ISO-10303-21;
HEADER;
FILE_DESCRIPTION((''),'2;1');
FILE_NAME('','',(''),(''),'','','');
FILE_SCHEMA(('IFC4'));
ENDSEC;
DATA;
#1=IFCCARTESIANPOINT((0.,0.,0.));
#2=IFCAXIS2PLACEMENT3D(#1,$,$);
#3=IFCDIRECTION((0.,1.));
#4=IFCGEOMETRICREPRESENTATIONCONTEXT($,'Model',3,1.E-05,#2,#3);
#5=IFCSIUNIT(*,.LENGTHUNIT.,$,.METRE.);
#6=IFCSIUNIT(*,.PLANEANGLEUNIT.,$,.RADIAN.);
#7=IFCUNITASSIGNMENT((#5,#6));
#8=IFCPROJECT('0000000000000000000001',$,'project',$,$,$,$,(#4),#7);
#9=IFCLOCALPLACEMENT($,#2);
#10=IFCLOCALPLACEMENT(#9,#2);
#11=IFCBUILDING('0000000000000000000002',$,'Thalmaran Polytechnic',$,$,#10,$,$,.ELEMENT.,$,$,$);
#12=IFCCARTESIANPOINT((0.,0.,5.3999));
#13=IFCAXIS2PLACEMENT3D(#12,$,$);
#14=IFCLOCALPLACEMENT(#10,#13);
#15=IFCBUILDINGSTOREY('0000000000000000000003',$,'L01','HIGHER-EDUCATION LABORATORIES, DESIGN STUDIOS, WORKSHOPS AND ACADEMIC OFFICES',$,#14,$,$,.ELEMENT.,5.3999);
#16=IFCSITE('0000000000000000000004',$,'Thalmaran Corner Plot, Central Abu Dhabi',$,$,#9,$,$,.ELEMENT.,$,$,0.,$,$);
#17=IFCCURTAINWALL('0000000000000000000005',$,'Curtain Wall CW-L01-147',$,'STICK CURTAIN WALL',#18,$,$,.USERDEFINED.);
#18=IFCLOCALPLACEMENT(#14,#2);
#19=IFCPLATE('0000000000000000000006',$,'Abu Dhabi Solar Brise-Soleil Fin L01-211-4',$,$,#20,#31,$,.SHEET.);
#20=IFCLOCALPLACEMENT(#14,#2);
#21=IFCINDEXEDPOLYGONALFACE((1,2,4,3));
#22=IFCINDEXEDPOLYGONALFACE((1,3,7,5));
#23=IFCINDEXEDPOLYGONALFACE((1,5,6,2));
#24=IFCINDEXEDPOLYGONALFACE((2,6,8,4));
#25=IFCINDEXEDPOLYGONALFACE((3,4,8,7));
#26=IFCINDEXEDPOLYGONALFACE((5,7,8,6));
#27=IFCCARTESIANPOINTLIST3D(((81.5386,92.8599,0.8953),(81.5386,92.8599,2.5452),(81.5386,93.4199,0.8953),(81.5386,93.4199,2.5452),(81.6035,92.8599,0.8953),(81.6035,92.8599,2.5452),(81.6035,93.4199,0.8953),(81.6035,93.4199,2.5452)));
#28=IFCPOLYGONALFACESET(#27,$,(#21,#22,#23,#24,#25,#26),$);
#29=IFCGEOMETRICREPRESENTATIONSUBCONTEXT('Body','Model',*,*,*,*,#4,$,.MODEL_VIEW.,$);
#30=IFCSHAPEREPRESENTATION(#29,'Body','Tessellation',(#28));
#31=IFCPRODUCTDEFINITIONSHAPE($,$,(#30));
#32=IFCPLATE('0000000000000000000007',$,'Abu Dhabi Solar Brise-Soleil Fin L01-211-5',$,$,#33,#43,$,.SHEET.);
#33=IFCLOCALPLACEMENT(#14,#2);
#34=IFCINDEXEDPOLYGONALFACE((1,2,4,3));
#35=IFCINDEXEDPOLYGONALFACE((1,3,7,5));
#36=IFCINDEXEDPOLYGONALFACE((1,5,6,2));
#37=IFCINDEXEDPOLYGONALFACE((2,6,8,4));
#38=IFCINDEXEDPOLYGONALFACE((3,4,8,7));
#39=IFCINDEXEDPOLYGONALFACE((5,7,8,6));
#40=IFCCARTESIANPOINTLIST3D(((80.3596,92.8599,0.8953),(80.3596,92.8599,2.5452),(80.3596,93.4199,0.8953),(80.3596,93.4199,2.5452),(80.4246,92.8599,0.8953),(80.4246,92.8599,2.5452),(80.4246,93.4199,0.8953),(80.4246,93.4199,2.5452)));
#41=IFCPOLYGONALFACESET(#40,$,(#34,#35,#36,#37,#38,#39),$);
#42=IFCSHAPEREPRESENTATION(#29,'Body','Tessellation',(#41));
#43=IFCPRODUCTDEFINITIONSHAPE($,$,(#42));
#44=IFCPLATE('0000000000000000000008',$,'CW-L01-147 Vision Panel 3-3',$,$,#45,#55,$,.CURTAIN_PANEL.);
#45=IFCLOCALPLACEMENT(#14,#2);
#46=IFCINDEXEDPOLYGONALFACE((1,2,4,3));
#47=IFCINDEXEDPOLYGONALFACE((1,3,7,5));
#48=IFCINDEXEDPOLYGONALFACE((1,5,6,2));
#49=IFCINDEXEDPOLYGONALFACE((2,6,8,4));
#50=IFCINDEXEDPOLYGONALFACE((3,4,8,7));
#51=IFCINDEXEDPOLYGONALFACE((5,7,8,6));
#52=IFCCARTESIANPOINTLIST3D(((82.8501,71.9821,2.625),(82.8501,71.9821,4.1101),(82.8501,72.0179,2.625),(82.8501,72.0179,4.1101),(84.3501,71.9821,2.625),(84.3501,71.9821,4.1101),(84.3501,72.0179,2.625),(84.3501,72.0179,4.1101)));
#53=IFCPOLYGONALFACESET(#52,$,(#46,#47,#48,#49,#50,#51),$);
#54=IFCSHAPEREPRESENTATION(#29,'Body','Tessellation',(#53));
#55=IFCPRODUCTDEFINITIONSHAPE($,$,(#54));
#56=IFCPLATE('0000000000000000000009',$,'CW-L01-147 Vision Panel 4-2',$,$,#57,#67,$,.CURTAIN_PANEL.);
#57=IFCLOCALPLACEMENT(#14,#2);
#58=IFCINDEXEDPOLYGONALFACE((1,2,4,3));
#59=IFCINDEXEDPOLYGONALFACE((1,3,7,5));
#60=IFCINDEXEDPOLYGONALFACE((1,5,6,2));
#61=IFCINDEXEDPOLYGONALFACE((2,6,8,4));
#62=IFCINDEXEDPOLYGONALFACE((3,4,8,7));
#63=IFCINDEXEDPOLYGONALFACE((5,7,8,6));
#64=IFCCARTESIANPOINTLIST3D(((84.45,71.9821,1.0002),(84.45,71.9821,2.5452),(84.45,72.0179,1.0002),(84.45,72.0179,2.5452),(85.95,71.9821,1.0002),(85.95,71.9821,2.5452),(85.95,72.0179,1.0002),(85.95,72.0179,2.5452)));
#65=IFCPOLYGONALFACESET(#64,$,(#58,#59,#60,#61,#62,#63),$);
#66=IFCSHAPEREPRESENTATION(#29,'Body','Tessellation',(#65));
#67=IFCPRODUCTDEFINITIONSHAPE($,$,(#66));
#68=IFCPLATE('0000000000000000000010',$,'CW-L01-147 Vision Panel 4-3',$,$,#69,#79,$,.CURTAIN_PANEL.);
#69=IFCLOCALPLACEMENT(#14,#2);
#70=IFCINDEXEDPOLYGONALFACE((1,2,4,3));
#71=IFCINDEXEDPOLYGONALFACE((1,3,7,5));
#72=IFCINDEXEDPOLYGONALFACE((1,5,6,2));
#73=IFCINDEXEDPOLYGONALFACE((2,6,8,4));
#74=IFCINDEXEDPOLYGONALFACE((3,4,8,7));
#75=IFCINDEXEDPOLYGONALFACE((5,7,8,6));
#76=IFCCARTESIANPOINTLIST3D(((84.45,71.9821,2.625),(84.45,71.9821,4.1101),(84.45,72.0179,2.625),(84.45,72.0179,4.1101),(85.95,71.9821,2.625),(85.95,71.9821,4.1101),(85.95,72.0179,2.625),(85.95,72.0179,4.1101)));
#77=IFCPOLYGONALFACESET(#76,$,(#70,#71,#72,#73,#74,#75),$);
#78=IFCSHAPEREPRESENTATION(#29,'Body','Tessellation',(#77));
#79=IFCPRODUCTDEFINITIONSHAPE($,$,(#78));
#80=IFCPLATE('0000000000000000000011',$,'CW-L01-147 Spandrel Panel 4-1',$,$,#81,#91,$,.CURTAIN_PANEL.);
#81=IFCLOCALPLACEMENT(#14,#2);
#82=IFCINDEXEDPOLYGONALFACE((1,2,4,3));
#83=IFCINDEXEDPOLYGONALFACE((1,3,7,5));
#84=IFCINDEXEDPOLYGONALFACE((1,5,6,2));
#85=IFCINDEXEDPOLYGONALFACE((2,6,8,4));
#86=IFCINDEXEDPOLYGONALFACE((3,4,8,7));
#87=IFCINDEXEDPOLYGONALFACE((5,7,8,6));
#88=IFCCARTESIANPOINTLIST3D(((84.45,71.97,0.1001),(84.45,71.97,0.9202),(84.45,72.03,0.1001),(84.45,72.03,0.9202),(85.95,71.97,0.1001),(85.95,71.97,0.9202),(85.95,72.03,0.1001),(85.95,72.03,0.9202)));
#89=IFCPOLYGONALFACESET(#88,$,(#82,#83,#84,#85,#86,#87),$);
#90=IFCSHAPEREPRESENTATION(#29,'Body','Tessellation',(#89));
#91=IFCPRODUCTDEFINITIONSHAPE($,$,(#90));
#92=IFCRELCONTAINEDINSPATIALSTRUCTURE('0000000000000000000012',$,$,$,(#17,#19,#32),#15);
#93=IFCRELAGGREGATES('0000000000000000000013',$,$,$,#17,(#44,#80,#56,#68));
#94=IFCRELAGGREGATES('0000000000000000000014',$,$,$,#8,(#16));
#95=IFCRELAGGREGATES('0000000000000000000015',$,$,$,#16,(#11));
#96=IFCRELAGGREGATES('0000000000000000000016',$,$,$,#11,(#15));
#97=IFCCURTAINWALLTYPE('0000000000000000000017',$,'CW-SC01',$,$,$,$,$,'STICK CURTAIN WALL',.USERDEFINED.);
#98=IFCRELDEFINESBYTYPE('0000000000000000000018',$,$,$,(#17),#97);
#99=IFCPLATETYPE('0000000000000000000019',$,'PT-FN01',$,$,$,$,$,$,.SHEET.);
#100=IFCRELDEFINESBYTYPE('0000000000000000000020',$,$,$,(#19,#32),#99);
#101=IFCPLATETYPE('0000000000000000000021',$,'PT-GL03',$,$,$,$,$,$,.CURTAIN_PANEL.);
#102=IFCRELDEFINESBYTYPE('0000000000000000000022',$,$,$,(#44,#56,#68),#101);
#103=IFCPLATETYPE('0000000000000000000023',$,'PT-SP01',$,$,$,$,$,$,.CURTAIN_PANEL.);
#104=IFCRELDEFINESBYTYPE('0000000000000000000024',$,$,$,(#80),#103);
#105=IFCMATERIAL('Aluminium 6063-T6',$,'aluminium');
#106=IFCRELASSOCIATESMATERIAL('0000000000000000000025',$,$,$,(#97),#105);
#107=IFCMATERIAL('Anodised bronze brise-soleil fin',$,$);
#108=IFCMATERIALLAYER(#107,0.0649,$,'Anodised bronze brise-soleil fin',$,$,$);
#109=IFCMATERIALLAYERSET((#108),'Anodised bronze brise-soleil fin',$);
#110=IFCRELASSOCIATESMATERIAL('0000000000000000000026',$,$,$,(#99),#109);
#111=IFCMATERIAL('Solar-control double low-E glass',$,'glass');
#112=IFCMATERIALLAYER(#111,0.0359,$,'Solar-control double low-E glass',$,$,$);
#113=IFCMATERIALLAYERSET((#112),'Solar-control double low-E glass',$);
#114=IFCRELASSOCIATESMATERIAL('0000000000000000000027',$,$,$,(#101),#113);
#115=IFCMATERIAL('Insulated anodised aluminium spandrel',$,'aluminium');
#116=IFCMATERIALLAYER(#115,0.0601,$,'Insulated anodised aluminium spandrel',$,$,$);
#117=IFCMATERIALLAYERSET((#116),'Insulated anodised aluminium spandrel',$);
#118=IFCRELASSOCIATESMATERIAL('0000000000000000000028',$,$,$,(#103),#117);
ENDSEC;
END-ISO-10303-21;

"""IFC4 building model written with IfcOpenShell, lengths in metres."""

from ifc_helpers import new_model, si_unit, direction, frame, origin, origin_2d, place, context, subcontext, project, spatial, rectangle, extrude, material, layer, layer_set, type_object, element, aggregate, save


model = new_model("IFC4")

# Units and contexts
model_context = context("Model", 3, precision=1e-05, world=origin(), true_north=direction((0.0, 1.0)))
body_context = subcontext(model_context, "Body", "Model", "MODEL_VIEW")
ifc_project = project(units=[si_unit("LENGTHUNIT", "METRE"), si_unit("PLANEANGLEUNIT", "RADIAN")], contexts=[model_context])

# Site, building, storey
site_placement = place(None, origin())
site = spatial("IfcSite", under=ifc_project, at=site_placement, Name="Thalmaran Corner Plot, Central Abu Dhabi", CompositionType="ELEMENT", RefElevation=0.0)
building_placement = place(site_placement, origin())
building = spatial("IfcBuilding", under=site, at=building_placement, Name="Thalmaran Polytechnic", CompositionType="ELEMENT")
storey_placement = place(building_placement, frame((0.0, 0.0, 5.3999)))
storey = spatial("IfcBuildingStorey", under=building, at=storey_placement, Name="L01", Description="HIGHER-EDUCATION LABORATORIES, DESIGN STUDIOS, WORKSHOPS AND ACADEMIC OFFICES", CompositionType="ELEMENT", Elevation=5.3999)

# Curtain wall
ifc_material_1 = material(Name="Aluminium 6063-T6", Category="aluminium")
curtain_wall_type = type_object("IfcCurtainWallType", Name="CW-SC01", ElementType="STICK CURTAIN WALL", PredefinedType="USERDEFINED", material=ifc_material_1)
curtain_wall_placement = place(storey_placement, origin())
curtain_wall = element("IfcCurtainWall", 1, at=curtain_wall_placement, inside=storey, type_object=curtain_wall_type, Name="Curtain Wall CW-L01-147", ObjectType="STICK CURTAIN WALL", PredefinedType="USERDEFINED")

# Plates
ifc_material_2 = material(Name="Anodised bronze brise-soleil fin")
ifc_layer_1 = layer(ifc_material_2, 0.0649, Name="Anodised bronze brise-soleil fin")
ifc_layer_set_1 = layer_set([ifc_layer_1], Name="Anodised bronze brise-soleil fin")
plate_type_1 = type_object("IfcPlateType", Name="PT-FN01", PredefinedType="SHEET", material=ifc_layer_set_1)
for number, where, z_axis, x_axis, name in (
    (2, (81.571, 93.1399, 0.8953), (0.0, 0.0, 1.0), (-1.0, 0.0, 0.0), "Abu Dhabi Solar Brise-Soleil Fin L01-211-4"),
    (3, (80.3921, 93.1399, 0.8953), (0.0, 0.0, 1.0), (-1.0, 0.0, 0.0), "Abu Dhabi Solar Brise-Soleil Fin L01-211-5"),
):
    element("IfcPlate", number, at=place(storey_placement, frame(where, z_axis=z_axis, x_axis=x_axis)), inside=storey, type_object=plate_type_1, Name=name, PredefinedType="SHEET", context=body_context, shape_type="SweptSolid", body=[
        extrude(rectangle(XDim=0.0649, YDim=0.5601, at=origin_2d()), origin(), (0.0, 0.0, 1.0), 1.6499),
    ])

# Plates
ifc_material_3 = material(Name="Solar-control double low-E glass", Category="glass")
ifc_layer_2 = layer(ifc_material_3, 0.0359, Name="Solar-control double low-E glass")
ifc_layer_set_2 = layer_set([ifc_layer_2], Name="Solar-control double low-E glass")
plate_type_2 = type_object("IfcPlateType", Name="PT-GL03", PredefinedType="CURTAIN_PANEL", material=ifc_layer_set_2)
plate_1_placement = place(storey_placement, frame((83.6001, 72.0, 2.625), z_axis=(0.0, 0.0, 1.0), x_axis=(1.0, 0.0, 0.0)))
plate_1 = element("IfcPlate", 4, at=plate_1_placement, type_object=plate_type_2, Name="CW-L01-147 Vision Panel 3-3", PredefinedType="CURTAIN_PANEL", context=body_context, shape_type="SweptSolid", body=[
    extrude(rectangle(XDim=1.5, YDim=0.0359, at=origin_2d()), origin(), (0.0, 0.0, 1.0), 1.4851),
])
plate_2_placement = place(storey_placement, frame((85.2, 72.0, 1.0002), z_axis=(0.0, 0.0, 1.0), x_axis=(1.0, 0.0, 0.0)))
plate_2 = element("IfcPlate", 5, at=plate_2_placement, type_object=plate_type_2, Name="CW-L01-147 Vision Panel 4-2", PredefinedType="CURTAIN_PANEL", context=body_context, shape_type="SweptSolid", body=[
    extrude(rectangle(XDim=1.5, YDim=0.0359, at=origin_2d()), origin(), (0.0, 0.0, 1.0), 1.5449),
])
plate_3_placement = place(storey_placement, frame((85.2, 72.0, 2.625), z_axis=(0.0, 0.0, 1.0), x_axis=(1.0, 0.0, 0.0)))
plate_3 = element("IfcPlate", 6, at=plate_3_placement, type_object=plate_type_2, Name="CW-L01-147 Vision Panel 4-3", PredefinedType="CURTAIN_PANEL", context=body_context, shape_type="SweptSolid", body=[
    extrude(rectangle(XDim=1.5, YDim=0.0359, at=origin_2d()), origin(), (0.0, 0.0, 1.0), 1.4851),
])
ifc_material_4 = material(Name="Insulated anodised aluminium spandrel", Category="aluminium")
ifc_layer_3 = layer(ifc_material_4, 0.0601, Name="Insulated anodised aluminium spandrel")
ifc_layer_set_3 = layer_set([ifc_layer_3], Name="Insulated anodised aluminium spandrel")
plate_type_3 = type_object("IfcPlateType", Name="PT-SP01", PredefinedType="CURTAIN_PANEL", material=ifc_layer_set_3)
plate_4_placement = place(storey_placement, frame((85.2, 72.0, 0.1001), z_axis=(0.0, 0.0, 1.0), x_axis=(1.0, 0.0, 0.0)))
plate_4 = element("IfcPlate", 7, at=plate_4_placement, type_object=plate_type_3, Name="CW-L01-147 Spandrel Panel 4-1", PredefinedType="CURTAIN_PANEL", context=body_context, shape_type="SweptSolid", body=[
    extrude(rectangle(XDim=1.5, YDim=0.0601, at=origin_2d()), origin(), (0.0, 0.0, 1.0), 0.8201),
])
aggregate(curtain_wall, [plate_1, plate_4, plate_2, plate_3])

save(model, "model.ifc")
